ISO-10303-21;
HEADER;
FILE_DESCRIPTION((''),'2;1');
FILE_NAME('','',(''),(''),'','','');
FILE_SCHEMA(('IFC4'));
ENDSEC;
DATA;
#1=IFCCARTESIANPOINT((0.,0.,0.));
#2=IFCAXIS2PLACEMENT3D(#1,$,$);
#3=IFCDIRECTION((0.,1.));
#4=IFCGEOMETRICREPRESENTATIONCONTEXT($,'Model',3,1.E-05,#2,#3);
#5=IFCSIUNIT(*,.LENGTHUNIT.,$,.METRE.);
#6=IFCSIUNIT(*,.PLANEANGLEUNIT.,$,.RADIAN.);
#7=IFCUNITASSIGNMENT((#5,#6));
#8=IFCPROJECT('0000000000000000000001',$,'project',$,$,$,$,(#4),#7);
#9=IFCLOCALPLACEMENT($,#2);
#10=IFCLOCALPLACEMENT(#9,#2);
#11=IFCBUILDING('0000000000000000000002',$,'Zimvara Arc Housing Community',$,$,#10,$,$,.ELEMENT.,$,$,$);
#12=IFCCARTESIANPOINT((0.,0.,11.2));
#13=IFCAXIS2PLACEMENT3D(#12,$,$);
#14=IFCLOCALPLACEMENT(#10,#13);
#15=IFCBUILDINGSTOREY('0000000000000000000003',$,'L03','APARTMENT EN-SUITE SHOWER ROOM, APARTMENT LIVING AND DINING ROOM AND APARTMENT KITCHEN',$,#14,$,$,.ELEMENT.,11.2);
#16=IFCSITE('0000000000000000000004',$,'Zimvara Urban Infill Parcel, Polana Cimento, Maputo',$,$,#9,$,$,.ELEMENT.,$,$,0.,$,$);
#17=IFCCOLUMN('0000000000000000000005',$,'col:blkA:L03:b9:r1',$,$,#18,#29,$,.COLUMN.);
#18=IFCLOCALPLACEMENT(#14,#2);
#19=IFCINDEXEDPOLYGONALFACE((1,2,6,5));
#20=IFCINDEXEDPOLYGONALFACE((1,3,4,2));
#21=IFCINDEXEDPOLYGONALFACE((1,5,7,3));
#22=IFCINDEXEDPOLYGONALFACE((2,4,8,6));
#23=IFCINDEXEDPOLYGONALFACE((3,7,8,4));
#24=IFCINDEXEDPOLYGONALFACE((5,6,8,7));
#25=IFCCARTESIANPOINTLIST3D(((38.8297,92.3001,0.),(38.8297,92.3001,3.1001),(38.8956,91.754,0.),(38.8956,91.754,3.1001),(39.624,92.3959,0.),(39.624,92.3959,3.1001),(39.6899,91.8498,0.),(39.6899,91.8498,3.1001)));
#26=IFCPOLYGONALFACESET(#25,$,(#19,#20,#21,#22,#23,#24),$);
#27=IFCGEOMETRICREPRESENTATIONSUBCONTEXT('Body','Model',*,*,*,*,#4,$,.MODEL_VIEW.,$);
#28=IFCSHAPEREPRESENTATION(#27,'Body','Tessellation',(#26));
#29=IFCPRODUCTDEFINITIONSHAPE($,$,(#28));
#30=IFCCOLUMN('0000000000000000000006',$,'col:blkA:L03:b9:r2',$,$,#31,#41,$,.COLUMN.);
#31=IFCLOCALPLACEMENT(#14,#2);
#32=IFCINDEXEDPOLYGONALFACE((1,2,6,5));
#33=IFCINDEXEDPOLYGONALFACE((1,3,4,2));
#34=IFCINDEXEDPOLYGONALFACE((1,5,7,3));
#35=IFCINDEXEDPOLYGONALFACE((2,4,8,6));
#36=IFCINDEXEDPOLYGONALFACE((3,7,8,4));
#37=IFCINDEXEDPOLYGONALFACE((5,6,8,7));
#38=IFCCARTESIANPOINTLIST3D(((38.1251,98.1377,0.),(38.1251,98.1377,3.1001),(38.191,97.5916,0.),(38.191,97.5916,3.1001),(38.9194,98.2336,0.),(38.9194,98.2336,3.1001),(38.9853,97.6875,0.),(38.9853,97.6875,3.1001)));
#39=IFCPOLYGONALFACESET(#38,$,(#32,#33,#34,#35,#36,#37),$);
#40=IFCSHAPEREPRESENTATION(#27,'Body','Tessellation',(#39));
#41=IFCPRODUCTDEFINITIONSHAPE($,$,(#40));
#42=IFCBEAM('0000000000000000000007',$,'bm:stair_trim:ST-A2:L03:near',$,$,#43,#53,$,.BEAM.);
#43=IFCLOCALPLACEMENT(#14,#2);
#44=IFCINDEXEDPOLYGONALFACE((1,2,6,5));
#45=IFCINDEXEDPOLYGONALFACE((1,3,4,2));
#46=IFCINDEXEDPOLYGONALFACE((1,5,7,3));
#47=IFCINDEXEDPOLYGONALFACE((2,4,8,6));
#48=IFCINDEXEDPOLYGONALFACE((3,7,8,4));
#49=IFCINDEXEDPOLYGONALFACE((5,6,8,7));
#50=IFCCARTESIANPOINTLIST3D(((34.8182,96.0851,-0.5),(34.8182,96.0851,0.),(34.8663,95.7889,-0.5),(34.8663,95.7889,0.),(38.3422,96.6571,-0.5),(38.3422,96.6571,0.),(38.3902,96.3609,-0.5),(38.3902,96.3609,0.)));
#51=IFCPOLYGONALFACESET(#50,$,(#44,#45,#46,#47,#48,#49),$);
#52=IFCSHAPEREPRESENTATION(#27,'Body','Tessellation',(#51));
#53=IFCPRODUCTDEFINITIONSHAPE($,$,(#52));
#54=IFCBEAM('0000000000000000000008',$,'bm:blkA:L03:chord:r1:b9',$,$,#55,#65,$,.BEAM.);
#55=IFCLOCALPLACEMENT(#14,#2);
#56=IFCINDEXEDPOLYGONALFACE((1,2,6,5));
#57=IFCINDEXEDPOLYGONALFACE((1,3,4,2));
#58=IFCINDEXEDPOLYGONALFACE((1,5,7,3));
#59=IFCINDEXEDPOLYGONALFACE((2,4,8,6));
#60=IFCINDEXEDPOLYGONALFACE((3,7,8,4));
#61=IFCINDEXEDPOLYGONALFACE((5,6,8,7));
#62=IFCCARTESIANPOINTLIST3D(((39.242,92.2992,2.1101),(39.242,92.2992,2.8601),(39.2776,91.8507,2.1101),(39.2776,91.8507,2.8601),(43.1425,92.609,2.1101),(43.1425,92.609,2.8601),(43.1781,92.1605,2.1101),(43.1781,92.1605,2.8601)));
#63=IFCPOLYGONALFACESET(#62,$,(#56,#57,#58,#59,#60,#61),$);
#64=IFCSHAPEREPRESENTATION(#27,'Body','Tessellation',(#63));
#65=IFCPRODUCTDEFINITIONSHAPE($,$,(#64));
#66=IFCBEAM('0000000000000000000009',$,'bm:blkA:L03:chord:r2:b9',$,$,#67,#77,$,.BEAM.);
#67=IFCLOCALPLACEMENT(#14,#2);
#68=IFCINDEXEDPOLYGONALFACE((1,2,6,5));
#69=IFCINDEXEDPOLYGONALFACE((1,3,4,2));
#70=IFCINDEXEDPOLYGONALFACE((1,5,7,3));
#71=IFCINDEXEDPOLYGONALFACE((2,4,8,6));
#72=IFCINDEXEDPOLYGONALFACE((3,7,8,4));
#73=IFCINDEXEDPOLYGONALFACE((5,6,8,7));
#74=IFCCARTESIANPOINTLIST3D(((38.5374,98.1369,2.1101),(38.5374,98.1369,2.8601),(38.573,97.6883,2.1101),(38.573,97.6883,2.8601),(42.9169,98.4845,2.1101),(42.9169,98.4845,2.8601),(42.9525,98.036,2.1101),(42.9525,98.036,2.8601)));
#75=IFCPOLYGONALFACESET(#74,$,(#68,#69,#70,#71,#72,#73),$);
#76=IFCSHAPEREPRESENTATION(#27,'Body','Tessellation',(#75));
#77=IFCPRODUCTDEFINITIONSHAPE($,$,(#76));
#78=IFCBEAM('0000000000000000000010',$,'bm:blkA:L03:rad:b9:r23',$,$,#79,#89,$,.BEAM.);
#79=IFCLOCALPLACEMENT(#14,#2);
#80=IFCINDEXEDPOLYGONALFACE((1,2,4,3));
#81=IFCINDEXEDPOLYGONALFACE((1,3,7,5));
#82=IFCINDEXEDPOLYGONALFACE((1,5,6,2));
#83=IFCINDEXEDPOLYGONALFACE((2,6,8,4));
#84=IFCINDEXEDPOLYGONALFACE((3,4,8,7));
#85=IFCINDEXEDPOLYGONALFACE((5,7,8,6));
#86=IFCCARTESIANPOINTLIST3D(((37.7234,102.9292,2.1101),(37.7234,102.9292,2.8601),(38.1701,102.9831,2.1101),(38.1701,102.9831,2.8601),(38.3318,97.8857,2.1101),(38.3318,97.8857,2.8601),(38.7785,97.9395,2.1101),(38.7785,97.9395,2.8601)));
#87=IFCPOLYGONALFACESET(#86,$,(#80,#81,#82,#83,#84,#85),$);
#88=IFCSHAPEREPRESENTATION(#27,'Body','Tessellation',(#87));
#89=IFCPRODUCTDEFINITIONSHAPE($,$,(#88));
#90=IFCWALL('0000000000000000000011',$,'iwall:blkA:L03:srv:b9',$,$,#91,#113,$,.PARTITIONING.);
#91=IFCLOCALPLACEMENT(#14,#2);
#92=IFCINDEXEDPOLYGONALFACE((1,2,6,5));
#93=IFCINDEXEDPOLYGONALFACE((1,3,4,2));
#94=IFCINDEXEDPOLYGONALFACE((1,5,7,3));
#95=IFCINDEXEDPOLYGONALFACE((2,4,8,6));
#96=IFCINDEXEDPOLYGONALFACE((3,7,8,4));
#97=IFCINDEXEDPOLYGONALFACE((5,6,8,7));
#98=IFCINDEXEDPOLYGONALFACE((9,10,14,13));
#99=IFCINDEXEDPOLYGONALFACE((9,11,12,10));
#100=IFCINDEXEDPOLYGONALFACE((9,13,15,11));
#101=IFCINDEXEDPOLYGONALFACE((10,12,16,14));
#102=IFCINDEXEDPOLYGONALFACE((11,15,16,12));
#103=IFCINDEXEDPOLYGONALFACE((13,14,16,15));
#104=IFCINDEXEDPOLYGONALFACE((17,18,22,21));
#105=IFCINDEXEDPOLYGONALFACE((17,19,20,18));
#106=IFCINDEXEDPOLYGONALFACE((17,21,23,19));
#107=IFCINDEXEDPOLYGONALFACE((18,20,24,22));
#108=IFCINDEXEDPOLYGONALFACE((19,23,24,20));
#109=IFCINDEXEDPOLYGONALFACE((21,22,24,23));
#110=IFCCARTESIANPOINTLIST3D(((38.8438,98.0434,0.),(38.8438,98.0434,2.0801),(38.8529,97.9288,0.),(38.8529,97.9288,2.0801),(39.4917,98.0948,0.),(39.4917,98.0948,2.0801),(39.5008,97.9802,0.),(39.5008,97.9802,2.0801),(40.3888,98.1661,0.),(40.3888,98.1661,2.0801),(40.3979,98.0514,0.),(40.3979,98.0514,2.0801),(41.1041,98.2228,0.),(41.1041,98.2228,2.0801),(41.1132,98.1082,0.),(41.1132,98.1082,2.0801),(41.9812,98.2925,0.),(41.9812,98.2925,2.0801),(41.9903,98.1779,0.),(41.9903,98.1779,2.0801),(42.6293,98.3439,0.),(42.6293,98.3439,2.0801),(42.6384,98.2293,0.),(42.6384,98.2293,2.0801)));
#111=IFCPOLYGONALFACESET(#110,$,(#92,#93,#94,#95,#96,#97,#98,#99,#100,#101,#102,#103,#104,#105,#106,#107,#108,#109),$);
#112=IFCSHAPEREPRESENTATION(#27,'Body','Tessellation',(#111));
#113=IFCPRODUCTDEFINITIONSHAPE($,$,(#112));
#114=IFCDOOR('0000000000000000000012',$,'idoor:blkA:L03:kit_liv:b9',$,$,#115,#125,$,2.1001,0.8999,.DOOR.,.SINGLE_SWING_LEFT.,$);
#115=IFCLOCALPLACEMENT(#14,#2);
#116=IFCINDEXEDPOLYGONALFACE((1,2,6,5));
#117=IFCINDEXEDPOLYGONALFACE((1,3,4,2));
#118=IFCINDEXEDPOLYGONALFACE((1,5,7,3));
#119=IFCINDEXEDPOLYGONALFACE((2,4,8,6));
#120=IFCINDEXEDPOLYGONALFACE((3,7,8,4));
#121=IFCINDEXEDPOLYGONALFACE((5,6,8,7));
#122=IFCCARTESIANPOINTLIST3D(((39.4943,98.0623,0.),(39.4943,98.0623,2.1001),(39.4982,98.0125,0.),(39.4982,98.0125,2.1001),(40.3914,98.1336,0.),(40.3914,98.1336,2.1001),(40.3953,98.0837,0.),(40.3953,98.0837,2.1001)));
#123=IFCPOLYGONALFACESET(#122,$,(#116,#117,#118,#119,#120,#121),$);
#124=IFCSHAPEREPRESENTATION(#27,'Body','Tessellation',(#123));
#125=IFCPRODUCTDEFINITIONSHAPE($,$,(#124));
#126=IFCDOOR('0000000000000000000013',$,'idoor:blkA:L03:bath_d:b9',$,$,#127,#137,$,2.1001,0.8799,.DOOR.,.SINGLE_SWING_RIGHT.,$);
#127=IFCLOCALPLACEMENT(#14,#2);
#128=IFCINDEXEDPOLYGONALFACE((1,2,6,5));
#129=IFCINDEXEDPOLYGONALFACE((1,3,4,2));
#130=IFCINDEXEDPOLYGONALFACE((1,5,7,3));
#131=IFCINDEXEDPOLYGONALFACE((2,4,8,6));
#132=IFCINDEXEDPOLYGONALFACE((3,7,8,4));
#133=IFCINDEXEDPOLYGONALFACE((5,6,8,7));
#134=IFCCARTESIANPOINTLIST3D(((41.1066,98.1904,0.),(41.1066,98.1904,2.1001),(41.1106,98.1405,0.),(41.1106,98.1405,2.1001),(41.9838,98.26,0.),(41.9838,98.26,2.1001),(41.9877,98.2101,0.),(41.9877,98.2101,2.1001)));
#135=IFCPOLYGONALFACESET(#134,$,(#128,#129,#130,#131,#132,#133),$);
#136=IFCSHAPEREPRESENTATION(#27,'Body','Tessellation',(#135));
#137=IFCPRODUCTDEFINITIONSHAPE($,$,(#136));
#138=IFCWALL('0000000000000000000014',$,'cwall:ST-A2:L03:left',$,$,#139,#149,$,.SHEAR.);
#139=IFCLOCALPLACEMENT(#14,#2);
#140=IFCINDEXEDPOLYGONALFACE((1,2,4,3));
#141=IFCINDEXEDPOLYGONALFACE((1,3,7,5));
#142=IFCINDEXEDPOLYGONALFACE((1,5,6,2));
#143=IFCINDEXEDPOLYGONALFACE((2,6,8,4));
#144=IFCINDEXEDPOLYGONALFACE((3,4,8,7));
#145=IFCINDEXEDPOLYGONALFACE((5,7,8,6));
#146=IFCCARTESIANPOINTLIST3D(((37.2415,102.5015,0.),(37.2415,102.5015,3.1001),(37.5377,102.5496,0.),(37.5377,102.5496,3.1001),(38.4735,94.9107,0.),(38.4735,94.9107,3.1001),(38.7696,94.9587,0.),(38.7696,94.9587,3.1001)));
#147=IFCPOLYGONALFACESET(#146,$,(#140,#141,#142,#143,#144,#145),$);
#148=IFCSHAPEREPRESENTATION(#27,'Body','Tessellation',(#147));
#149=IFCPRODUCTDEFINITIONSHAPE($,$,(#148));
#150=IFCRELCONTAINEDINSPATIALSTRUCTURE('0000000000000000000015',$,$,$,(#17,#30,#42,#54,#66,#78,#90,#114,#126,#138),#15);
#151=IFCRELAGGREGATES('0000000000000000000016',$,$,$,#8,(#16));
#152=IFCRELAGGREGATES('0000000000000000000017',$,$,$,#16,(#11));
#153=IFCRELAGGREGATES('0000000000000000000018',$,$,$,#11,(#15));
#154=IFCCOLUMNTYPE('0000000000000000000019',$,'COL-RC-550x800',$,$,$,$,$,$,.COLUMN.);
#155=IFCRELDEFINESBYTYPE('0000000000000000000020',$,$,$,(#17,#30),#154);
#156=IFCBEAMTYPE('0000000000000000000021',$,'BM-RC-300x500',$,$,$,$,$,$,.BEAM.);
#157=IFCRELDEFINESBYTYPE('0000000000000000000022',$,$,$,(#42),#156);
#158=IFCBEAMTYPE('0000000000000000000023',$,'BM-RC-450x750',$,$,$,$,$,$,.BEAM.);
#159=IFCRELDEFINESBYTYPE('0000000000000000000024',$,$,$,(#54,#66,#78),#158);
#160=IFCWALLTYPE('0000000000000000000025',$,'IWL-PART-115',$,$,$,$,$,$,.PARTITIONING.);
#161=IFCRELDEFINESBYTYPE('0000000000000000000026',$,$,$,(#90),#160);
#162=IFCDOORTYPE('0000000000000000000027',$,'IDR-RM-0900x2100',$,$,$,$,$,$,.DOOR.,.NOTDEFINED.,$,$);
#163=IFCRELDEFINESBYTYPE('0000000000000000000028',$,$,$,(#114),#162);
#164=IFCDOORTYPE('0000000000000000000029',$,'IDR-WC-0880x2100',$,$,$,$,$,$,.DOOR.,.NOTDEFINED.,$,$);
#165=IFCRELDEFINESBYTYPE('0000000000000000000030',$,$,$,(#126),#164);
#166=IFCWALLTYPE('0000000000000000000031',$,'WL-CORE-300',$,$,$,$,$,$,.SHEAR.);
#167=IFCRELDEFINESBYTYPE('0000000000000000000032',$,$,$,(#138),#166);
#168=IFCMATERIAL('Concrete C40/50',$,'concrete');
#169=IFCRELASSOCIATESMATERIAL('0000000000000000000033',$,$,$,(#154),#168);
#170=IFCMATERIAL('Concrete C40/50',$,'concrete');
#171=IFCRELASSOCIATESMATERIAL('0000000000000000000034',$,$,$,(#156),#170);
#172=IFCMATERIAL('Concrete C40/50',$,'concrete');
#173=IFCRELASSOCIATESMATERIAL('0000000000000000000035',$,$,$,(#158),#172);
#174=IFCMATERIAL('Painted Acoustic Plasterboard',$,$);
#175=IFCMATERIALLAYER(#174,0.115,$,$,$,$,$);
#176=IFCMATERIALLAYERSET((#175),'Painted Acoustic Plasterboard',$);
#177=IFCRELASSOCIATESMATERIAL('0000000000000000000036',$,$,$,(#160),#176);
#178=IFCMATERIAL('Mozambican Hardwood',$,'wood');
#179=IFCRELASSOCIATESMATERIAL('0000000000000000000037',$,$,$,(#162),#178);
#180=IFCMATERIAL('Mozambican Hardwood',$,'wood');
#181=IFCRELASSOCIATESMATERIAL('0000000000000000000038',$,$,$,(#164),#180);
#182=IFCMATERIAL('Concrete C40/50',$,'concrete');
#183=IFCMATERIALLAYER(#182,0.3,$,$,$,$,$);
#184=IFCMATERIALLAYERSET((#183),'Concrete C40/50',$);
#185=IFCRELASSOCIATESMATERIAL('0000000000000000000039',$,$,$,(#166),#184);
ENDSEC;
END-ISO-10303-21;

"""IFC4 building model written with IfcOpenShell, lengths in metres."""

from ifc_helpers import new_model, si_unit, direction, frame, frame_2d, origin, origin_2d, place, context, subcontext, project, spatial, rectangle, extrude, material, layer, layer_set, material_profile, profile_set, type_object, element, fill, save


model = new_model("IFC4")

# Units and contexts
model_context = context("Model", 3, precision=1e-05, world=origin(), true_north=direction((0.0, 1.0)))
body_context = subcontext(model_context, "Body", "Model", "MODEL_VIEW")
ifc_project = project(units=[si_unit("LENGTHUNIT", "METRE"), si_unit("PLANEANGLEUNIT", "RADIAN")], contexts=[model_context])

# Site, building, storey
site_placement = place(None, origin())
site = spatial("IfcSite", under=ifc_project, at=site_placement, Name="Zimvara Urban Infill Parcel, Polana Cimento, Maputo", CompositionType="ELEMENT", RefElevation=0.0)
building_placement = place(site_placement, origin())
building = spatial("IfcBuilding", under=site, at=building_placement, Name="Zimvara Arc Housing Community", CompositionType="ELEMENT")
storey_placement = place(building_placement, frame((0.0, 0.0, 11.2)))
storey = spatial("IfcBuildingStorey", under=building, at=storey_placement, Name="L03", Description="APARTMENT EN-SUITE SHOWER ROOM, APARTMENT LIVING AND DINING ROOM AND APARTMENT KITCHEN", CompositionType="ELEMENT", Elevation=11.2)

# Columns
ifc_material_1 = material(Name="Concrete C40/50", Category="concrete")
ifc_material_profile_1 = material_profile(ifc_material_1, rectangle(XDim=0.55, YDim=0.8, at=origin_2d()), Name="RC 550x800")
ifc_profile_set_1 = profile_set([ifc_material_profile_1], Name="Concrete C40/50")
column_type = type_object("IfcColumnType", Name="COL-RC-550x800", PredefinedType="COLUMN", material=ifc_profile_set_1)
for number, where, z_axis, x_axis, name in (
    (1, (39.2598, 92.075, 0.0), (0.0, 0.0, 1.0), (-0.11979, 0.992799, 0.0), "col:blkA:L03:b9:r1"),
    (2, (38.5552, 97.9126, 0.0), (0.0, 0.0, 1.0), (-0.11979, 0.992799, 0.0), "col:blkA:L03:b9:r2"),
):
    element("IfcColumn", number, at=place(storey_placement, frame(where, z_axis=z_axis, x_axis=x_axis)), inside=storey, type_object=column_type, Name=name, PredefinedType="COLUMN", context=body_context, shape_type="SweptSolid", body=[
        extrude(rectangle(XDim=0.55, YDim=0.8, at=origin_2d()), origin(), (0.0, 0.0, 1.0), 3.1001),
    ])

# Beams
ifc_material_2 = material(Name="Concrete C40/50", Category="concrete")
ifc_material_profile_2 = material_profile(ifc_material_2, rectangle(XDim=0.3, YDim=0.5, at=origin_2d()), Name="RC 300x500")
ifc_profile_set_2 = profile_set([ifc_material_profile_2], Name="Concrete C40/50")
beam_type_1 = type_object("IfcBeamType", Name="BM-RC-300x500", PredefinedType="BEAM", material=ifc_profile_set_2)
beam_1_placement = place(storey_placement, frame((38.3662, 96.509, -0.25), z_axis=(-0.98708, -0.160228, 0.0), x_axis=(0.160228, -0.98708, 0.0)))
element("IfcBeam", 3, at=beam_1_placement, inside=storey, type_object=beam_type_1, Name="bm:stair_trim:ST-A2:L03:near", PredefinedType="BEAM", context=body_context, shape_type="SweptSolid", body=[
    extrude(rectangle(XDim=0.3, YDim=0.5, at=origin_2d()), origin(), (0.0, 0.0, 1.0), 3.5701),
])
ifc_material_3 = material(Name="Concrete C40/50", Category="concrete")
ifc_material_profile_3 = material_profile(ifc_material_3, rectangle(XDim=0.45, YDim=0.75, at=origin_2d()), Name="RC 450x750")
ifc_profile_set_3 = profile_set([ifc_material_profile_3], Name="Concrete C40/50")
beam_type_2 = type_object("IfcBeamType", Name="BM-RC-450x750", PredefinedType="BEAM", material=ifc_profile_set_3)
beam_2_placement = place(storey_placement, frame((39.2598, 92.075, 2.4851), z_axis=(0.996861, 0.079177, 0.0), x_axis=(-0.079177, 0.996861, 0.0)))
element("IfcBeam", 4, at=beam_2_placement, inside=storey, type_object=beam_type_2, Name="bm:blkA:L03:chord:r1:b9", PredefinedType="BEAM", context=body_context, shape_type="SweptSolid", body=[
    extrude(rectangle(XDim=0.45, YDim=0.75, at=origin_2d()), origin(), (0.0, 0.0, 1.0), 3.9128),
])
beam_3_placement = place(storey_placement, frame((38.5552, 97.9126, 2.4851), z_axis=(0.996864, 0.079131, 0.0), x_axis=(-0.079131, 0.996864, 0.0)))
element("IfcBeam", 5, at=beam_3_placement, inside=storey, type_object=beam_type_2, Name="bm:blkA:L03:chord:r2:b9", PredefinedType="BEAM", context=body_context, shape_type="SweptSolid", body=[
    extrude(rectangle(XDim=0.45, YDim=0.75, at=origin_2d()), origin(), (0.0, 0.0, 1.0), 4.3933),
])
beam_4_placement = place(storey_placement, frame((38.5552, 97.9126, 2.4851), z_axis=(-0.119763, 0.992803, 0.0), x_axis=(-0.992803, -0.119763, 0.0)))
element("IfcBeam", 6, at=beam_4_placement, inside=storey, type_object=beam_type_2, Name="bm:blkA:L03:rad:b9:r23", PredefinedType="BEAM", context=body_context, shape_type="SweptSolid", body=[
    extrude(rectangle(XDim=0.45, YDim=0.75, at=origin_2d()), origin(), (0.0, 0.0, 1.0), 5.0801),
])

# Wall, openings, doors
ifc_material_4 = material(Name="Painted Acoustic Plasterboard")
ifc_layer_1 = layer(ifc_material_4, 0.115)
ifc_layer_set_1 = layer_set([ifc_layer_1], Name="Painted Acoustic Plasterboard")
wall_type_1 = type_object("IfcWallType", Name="IWL-PART-115", PredefinedType="PARTITIONING", material=ifc_layer_set_1)
wall_1_placement = place(storey_placement, frame((38.8484, 97.9861, 0.0), z_axis=(0.0, 0.0, 1.0), x_axis=(0.996863, 0.079145, 0.0)))
wall_1 = element("IfcWall", 7, at=wall_1_placement, inside=storey, type_object=wall_type_1, Name="iwall:blkA:L03:srv:b9", PredefinedType="PARTITIONING", context=body_context, shape_type="SweptSolid", body=[
    extrude(rectangle(XDim=3.7974, YDim=0.115, at=frame_2d((1.8987, 0.0))), origin(), (0.0, 0.0, 1.0), 2.0801),
])
opening_1_placement = place(wall_1_placement, frame((0.6499, 0.0, 0.0)))
opening_1 = element("IfcOpeningElement", 8, at=opening_1_placement, cuts=wall_1, PredefinedType="OPENING", context=body_context, shape_type="SweptSolid", body=[
    extrude(rectangle(XDim=0.8999, YDim=2.1001, at=frame_2d((0.45, 1.05))), frame((0.0, 0.0674, 0.0), z_axis=(0.0, -1.0, 0.0), x_axis=(1.0, 0.0, 0.0)), (0.0, 0.0, 1.0), 0.135),
])
opening_2_placement = place(wall_1_placement, frame((2.2673, 0.0, 0.0)))
opening_2 = element("IfcOpeningElement", 9, at=opening_2_placement, cuts=wall_1, PredefinedType="OPENING", context=body_context, shape_type="SweptSolid", body=[
    extrude(rectangle(XDim=0.8799, YDim=2.1001, at=frame_2d((0.4399, 1.05))), frame((0.0, 0.0674, 0.0), z_axis=(0.0, -1.0, 0.0), x_axis=(1.0, 0.0, 0.0)), (0.0, 0.0, 1.0), 0.135),
])
ifc_material_5 = material(Name="Mozambican Hardwood", Category="wood")
door_type_1 = type_object("IfcDoorType", Name="IDR-RM-0900x2100", OperationType="NOTDEFINED", PredefinedType="DOOR", material=ifc_material_5)
door_1_placement = place(opening_1_placement, origin())
door_1 = element("IfcDoor", 10, at=door_1_placement, inside=storey, type_object=door_type_1, Name="idoor:blkA:L03:kit_liv:b9", OperationType="SINGLE_SWING_LEFT", OverallHeight=2.1001, OverallWidth=0.8999, PredefinedType="DOOR", context=body_context, shape_type="SweptSolid", body=[
    extrude(rectangle(XDim=0.8999, YDim=2.1001, at=frame_2d((0.45, 1.05))), frame((0.0, 0.0249, 0.0), z_axis=(0.0, -1.0, 0.0), x_axis=(1.0, 0.0, 0.0)), (0.0, 0.0, 1.0), 0.05),
])
fill(opening_1, door_1)
ifc_material_6 = material(Name="Mozambican Hardwood", Category="wood")
door_type_2 = type_object("IfcDoorType", Name="IDR-WC-0880x2100", OperationType="NOTDEFINED", PredefinedType="DOOR", material=ifc_material_6)
door_2_placement = place(opening_2_placement, origin())
door_2 = element("IfcDoor", 11, at=door_2_placement, inside=storey, type_object=door_type_2, Name="idoor:blkA:L03:bath_d:b9", OperationType="SINGLE_SWING_RIGHT", OverallHeight=2.1001, OverallWidth=0.8799, PredefinedType="DOOR", context=body_context, shape_type="SweptSolid", body=[
    extrude(rectangle(XDim=0.8799, YDim=2.1001, at=frame_2d((0.4399, 1.05))), frame((0.0, 0.0249, 0.0), z_axis=(0.0, -1.0, 0.0), x_axis=(1.0, 0.0, 0.0)), (0.0, 0.0, 1.0), 0.05),
])
fill(opening_2, door_2)

# Shared definitions
ifc_material_7 = material(Name="Concrete C40/50", Category="concrete")
ifc_layer_2 = layer(ifc_material_7, 0.3)
ifc_layer_set_2 = layer_set([ifc_layer_2], Name="Concrete C40/50")
wall_type_2 = type_object("IfcWallType", Name="WL-CORE-300", PredefinedType="SHEAR", material=ifc_layer_set_2)

# Wall
wall_2_placement = place(storey_placement, frame((38.6216, 94.9346, 0.0), z_axis=(0.0, 0.0, 1.0), x_axis=(-0.160197, 0.987085, 0.0)))
element("IfcWall", 12, at=wall_2_placement, inside=storey, type_object=wall_type_2, Name="cwall:ST-A2:L03:left", PredefinedType="SHEAR", context=body_context, shape_type="SweptSolid", body=[
    extrude(rectangle(XDim=7.6902, YDim=0.3, at=frame_2d((3.8452, 0.0))), origin(), (0.0, 0.0, 1.0), 3.1001),
])

save(model, "model.ifc")
